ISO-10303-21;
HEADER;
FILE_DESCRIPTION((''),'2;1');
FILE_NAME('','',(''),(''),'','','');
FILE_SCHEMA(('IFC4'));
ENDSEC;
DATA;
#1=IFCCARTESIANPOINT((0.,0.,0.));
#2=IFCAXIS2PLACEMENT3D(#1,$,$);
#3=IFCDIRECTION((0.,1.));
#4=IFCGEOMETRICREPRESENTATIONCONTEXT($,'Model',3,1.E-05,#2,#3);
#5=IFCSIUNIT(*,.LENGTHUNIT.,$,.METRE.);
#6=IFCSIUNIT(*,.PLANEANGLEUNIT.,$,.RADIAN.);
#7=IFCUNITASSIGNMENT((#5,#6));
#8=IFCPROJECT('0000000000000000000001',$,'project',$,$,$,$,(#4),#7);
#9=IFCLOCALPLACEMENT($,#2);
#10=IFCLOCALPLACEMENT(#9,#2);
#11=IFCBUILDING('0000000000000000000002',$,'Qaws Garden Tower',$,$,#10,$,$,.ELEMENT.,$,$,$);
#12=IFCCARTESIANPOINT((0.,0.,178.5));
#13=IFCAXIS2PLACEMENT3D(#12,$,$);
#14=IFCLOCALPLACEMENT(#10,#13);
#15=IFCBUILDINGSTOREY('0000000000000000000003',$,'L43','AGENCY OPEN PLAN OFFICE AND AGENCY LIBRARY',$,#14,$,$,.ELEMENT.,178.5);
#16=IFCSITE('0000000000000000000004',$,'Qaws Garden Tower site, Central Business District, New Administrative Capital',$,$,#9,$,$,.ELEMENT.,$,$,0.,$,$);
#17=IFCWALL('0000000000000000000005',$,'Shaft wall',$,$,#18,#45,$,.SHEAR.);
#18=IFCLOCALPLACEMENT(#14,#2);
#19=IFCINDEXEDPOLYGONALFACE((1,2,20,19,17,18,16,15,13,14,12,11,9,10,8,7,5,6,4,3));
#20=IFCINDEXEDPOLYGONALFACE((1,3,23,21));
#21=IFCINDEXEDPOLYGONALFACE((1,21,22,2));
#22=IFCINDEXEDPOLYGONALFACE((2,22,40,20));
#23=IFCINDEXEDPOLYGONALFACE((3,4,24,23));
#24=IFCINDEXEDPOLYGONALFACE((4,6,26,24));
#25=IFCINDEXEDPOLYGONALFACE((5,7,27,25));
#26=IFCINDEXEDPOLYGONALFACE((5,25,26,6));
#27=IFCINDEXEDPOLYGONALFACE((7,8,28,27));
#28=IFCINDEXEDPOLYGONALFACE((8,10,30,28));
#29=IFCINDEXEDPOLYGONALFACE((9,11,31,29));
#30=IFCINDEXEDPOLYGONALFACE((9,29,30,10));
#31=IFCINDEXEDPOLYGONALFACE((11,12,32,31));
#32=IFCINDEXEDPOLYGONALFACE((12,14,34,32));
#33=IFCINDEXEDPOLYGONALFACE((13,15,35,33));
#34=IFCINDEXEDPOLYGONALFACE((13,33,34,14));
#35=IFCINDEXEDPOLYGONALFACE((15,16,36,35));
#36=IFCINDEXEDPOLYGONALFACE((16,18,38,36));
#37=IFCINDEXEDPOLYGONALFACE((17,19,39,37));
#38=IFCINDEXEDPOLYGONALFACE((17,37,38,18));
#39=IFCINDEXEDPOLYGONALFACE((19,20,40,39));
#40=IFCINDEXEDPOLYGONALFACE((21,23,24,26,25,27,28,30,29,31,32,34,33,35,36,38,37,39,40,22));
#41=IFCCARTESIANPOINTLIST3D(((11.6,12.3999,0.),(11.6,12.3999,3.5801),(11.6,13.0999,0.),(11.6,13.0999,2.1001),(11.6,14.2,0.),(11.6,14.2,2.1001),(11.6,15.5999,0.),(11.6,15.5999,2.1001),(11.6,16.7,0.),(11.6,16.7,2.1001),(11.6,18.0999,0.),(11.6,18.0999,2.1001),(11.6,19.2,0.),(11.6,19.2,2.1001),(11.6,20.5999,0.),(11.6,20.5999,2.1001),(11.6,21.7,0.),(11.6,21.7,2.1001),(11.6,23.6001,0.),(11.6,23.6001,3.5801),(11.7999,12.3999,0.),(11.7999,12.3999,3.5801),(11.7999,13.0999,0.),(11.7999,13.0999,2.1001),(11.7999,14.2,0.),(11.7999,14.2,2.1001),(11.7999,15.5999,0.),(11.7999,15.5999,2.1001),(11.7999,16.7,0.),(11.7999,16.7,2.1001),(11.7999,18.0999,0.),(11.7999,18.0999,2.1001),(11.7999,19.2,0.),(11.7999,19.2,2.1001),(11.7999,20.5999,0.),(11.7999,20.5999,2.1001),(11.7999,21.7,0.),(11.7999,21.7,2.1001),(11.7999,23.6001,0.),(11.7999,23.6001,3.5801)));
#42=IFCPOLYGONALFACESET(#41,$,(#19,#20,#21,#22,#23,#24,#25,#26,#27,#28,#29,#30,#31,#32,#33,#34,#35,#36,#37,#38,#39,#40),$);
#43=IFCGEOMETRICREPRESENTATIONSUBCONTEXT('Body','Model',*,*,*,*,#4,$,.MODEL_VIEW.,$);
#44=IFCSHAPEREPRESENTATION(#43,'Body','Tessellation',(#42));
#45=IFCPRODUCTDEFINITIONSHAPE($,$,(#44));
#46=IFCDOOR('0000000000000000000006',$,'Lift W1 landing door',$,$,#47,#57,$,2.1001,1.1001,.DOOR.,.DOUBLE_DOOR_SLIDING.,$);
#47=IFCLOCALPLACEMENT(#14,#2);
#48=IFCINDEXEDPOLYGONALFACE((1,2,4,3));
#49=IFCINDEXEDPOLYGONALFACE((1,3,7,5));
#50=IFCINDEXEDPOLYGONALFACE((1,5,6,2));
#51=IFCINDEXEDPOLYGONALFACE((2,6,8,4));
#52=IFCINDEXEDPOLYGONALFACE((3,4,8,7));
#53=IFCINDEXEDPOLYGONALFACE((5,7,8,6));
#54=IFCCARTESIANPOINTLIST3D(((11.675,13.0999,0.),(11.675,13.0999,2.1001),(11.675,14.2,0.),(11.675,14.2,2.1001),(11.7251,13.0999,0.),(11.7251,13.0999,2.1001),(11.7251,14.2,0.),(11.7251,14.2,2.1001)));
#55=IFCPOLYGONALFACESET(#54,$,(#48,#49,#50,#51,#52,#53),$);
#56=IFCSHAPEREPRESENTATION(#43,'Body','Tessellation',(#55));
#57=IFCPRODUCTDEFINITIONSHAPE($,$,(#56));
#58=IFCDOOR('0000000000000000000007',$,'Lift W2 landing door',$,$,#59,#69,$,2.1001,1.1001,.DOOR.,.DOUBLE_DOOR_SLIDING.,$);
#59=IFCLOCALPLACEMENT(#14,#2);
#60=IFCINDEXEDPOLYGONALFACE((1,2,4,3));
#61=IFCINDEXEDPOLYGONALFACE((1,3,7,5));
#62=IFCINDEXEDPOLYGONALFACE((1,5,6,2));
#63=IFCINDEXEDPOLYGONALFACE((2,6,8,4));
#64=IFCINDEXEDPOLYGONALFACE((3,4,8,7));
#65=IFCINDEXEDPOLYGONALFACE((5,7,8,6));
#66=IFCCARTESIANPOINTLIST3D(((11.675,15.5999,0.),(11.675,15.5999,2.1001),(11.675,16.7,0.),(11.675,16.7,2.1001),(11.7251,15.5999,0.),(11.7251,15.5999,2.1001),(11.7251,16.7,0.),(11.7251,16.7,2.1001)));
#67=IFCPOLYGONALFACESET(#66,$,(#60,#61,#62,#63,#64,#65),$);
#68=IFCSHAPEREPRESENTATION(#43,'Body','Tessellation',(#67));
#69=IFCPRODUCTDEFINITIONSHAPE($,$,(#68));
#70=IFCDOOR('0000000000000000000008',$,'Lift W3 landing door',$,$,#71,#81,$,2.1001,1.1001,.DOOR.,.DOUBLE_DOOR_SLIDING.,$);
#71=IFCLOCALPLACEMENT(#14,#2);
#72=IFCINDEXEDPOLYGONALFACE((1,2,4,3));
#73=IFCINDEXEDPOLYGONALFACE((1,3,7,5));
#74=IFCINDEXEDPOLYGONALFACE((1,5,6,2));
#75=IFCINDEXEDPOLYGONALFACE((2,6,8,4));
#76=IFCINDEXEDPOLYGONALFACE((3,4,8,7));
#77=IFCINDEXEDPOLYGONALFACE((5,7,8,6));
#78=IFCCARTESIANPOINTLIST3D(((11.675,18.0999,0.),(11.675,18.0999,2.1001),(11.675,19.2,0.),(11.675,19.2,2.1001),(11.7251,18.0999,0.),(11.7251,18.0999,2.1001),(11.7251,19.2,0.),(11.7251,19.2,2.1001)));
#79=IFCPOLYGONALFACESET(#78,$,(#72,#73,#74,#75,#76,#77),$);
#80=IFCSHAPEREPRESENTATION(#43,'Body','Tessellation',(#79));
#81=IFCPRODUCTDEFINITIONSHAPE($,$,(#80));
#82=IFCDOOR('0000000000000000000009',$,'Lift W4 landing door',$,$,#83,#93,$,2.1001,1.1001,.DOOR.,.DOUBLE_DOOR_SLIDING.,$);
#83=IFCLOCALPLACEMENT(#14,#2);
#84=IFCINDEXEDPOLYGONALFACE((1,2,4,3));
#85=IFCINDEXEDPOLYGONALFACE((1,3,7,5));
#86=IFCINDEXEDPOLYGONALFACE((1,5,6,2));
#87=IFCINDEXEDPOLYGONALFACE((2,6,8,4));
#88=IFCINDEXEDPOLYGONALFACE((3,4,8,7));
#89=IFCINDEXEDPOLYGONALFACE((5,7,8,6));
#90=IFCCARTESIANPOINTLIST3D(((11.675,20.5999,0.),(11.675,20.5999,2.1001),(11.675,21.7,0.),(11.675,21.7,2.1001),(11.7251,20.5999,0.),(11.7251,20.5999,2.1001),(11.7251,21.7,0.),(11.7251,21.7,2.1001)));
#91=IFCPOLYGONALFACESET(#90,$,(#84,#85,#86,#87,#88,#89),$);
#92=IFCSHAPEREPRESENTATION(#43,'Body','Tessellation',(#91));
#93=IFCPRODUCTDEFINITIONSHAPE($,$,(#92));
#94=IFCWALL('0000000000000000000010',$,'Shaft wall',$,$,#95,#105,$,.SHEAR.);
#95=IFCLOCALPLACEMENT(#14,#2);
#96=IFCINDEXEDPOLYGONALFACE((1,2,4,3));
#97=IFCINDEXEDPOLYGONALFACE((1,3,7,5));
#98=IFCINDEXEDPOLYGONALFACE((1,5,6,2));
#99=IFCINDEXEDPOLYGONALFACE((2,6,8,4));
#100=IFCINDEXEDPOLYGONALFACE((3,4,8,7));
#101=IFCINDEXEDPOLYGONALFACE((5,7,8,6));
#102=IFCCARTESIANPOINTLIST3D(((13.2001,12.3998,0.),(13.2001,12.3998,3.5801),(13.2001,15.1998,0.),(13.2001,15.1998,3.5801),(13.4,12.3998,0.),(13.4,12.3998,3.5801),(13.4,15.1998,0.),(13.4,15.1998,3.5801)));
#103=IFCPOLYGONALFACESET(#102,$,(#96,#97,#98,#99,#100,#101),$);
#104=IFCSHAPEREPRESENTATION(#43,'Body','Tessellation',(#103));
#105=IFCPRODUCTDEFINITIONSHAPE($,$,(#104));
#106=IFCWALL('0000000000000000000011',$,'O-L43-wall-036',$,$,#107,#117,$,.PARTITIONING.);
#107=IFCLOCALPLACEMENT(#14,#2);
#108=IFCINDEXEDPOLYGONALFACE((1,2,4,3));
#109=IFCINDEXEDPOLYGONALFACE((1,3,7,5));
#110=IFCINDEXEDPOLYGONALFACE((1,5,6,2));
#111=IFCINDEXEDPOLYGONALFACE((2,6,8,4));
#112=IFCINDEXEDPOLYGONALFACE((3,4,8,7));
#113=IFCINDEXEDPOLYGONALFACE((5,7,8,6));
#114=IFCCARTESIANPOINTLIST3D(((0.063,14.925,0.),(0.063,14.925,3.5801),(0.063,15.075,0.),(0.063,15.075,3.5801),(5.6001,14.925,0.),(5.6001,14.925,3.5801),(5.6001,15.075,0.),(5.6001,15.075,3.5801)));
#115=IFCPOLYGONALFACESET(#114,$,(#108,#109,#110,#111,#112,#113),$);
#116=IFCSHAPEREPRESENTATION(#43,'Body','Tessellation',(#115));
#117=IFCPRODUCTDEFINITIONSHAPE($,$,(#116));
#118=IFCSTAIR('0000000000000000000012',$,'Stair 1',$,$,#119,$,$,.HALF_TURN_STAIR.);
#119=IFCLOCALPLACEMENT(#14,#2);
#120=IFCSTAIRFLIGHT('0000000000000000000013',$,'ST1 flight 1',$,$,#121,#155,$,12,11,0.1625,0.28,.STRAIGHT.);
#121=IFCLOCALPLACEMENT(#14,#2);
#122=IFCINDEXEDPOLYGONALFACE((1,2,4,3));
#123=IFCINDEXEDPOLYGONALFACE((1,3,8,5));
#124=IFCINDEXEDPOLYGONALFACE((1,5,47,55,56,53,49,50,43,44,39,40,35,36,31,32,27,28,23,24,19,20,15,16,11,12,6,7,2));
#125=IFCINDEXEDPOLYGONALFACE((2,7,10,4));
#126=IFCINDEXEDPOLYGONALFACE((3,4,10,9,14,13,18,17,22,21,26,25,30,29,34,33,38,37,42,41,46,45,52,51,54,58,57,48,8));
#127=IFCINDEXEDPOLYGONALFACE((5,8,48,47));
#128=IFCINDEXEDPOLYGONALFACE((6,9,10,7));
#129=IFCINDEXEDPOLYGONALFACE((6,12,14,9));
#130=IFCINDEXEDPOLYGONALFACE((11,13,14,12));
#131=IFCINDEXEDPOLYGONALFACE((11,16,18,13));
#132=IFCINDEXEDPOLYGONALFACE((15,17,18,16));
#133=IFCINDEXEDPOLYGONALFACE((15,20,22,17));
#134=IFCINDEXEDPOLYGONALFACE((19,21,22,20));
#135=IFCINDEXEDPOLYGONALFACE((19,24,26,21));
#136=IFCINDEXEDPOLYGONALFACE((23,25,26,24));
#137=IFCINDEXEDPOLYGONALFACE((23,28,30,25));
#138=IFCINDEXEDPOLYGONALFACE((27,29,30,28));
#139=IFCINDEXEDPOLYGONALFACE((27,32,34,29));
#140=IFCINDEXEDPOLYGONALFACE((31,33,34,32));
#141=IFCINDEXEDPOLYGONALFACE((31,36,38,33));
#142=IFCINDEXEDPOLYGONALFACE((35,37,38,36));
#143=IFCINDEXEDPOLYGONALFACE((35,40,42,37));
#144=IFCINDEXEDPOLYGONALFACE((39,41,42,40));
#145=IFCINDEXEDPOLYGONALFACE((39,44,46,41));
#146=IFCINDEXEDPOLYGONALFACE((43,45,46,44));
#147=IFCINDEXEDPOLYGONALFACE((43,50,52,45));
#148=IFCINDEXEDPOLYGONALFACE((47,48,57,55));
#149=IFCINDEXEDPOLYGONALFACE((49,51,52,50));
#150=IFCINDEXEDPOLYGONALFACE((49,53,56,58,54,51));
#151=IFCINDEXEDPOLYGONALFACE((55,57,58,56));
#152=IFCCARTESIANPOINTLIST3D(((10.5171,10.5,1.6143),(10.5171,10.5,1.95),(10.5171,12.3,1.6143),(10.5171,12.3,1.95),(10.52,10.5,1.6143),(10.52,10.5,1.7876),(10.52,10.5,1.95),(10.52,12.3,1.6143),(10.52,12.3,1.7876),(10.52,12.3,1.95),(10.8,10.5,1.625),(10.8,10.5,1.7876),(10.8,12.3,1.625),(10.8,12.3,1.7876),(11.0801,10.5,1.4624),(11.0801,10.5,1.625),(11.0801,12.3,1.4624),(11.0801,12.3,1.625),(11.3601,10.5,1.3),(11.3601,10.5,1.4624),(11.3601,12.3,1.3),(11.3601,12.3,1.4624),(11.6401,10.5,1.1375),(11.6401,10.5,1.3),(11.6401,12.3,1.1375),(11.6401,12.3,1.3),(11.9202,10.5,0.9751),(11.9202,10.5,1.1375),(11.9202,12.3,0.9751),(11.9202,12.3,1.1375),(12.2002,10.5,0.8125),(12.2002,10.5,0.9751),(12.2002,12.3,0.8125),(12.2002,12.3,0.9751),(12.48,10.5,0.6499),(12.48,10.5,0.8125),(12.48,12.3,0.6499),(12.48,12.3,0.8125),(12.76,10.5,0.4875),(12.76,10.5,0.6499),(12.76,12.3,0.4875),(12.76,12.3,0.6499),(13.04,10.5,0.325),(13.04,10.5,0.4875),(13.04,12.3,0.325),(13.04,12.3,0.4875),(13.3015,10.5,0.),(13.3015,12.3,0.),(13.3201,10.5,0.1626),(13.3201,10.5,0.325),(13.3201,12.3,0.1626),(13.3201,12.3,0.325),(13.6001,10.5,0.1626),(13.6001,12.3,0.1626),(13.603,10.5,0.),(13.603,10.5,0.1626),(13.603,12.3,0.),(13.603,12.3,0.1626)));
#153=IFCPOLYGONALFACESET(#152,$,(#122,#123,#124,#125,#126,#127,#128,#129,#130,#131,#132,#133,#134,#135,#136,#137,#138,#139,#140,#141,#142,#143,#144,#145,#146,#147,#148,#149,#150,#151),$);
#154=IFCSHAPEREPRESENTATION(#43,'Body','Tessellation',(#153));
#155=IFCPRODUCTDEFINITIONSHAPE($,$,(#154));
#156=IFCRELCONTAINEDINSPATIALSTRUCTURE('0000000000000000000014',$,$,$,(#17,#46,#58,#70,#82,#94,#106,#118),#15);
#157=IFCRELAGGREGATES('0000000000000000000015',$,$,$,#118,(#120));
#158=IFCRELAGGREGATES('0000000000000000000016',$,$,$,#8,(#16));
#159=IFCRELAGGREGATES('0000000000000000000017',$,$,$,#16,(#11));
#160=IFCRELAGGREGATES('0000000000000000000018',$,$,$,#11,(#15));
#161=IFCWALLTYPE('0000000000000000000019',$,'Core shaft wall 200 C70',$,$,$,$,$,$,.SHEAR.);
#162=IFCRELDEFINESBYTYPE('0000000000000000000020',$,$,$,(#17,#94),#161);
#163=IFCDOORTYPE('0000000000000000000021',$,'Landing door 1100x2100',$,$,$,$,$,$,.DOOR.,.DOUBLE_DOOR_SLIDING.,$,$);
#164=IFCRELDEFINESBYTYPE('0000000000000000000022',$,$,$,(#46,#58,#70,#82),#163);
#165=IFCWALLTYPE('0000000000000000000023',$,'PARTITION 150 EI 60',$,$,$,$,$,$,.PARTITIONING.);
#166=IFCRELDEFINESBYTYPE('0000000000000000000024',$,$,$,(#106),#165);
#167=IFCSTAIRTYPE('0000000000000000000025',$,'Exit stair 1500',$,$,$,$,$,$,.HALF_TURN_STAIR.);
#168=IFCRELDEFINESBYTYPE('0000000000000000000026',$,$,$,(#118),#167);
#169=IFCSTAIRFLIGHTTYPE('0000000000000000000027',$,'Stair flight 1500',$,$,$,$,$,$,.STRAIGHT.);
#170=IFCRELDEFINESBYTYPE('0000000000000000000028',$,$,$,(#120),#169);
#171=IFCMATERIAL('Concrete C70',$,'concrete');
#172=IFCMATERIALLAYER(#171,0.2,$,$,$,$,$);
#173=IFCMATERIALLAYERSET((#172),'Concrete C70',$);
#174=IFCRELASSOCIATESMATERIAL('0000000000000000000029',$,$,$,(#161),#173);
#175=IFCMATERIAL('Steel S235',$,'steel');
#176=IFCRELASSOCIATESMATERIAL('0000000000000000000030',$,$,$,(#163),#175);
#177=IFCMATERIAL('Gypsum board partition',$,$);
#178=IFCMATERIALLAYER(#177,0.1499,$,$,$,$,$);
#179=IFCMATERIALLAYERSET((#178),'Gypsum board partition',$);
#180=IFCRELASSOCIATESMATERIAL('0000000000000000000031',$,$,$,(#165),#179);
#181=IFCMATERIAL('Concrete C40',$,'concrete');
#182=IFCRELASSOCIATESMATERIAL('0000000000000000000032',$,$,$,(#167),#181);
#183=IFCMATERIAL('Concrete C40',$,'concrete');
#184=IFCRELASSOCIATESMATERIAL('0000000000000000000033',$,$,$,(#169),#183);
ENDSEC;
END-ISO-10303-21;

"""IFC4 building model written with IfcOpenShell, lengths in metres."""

from ifc_helpers import new_model, si_unit, direction, frame, frame_2d, origin, place, context, subcontext, project, spatial, polyline, rectangle, outline, extrude, material, layer, layer_set, type_object, element, fill, aggregate, save


model = new_model("IFC4")

# Units and contexts
model_context = context("Model", 3, precision=1e-05, world=origin(), true_north=direction((0.0, 1.0)))
body_context = subcontext(model_context, "Body", "Model", "MODEL_VIEW")
ifc_project = project(units=[si_unit("LENGTHUNIT", "METRE"), si_unit("PLANEANGLEUNIT", "RADIAN")], contexts=[model_context])

# Site, building, storey
site_placement = place(None, origin())
site = spatial("IfcSite", under=ifc_project, at=site_placement, Name="Qaws Garden Tower site, Central Business District, New Administrative Capital", CompositionType="ELEMENT", RefElevation=0.0)
building_placement = place(site_placement, origin())
building = spatial("IfcBuilding", under=site, at=building_placement, Name="Qaws Garden Tower", CompositionType="ELEMENT")
storey_placement = place(building_placement, frame((0.0, 0.0, 178.5)))
storey = spatial("IfcBuildingStorey", under=building, at=storey_placement, Name="L43", Description="AGENCY OPEN PLAN OFFICE AND AGENCY LIBRARY", CompositionType="ELEMENT", Elevation=178.5)

# Shared definitions
ifc_material_1 = material(Name="Concrete C70", Category="concrete")
ifc_layer_1 = layer(ifc_material_1, 0.2)
ifc_layer_set_1 = layer_set([ifc_layer_1], Name="Concrete C70")
wall_type_1 = type_object("IfcWallType", Name="Core shaft wall 200 C70", PredefinedType="SHEAR", material=ifc_layer_set_1)

# Shared definitions
ifc_material_2 = material(Name="Steel S235", Category="steel")
door_type_1 = type_object("IfcDoorType", Name="Landing door 1100x2100", OperationType="DOUBLE_DOOR_SLIDING", PredefinedType="DOOR", material=ifc_material_2)

# Wall, openings, doors
wall_1_placement = place(storey_placement, frame((11.7, 12.3999, 0.0), z_axis=(0.0, 0.0, 1.0), x_axis=(0.0, 1.0, 0.0)))
wall_1 = element("IfcWall", 1, at=wall_1_placement, inside=storey, type_object=wall_type_1, Name="Shaft wall", PredefinedType="SHEAR", context=body_context, shape_type="SweptSolid", body=[
    extrude(rectangle(XDim=11.2002, YDim=0.2, at=frame_2d((5.6001, 0.0))), origin(), (0.0, 0.0, 1.0), 3.5801),
])
opening_1_placement = place(wall_1_placement, frame((0.7, 0.0, 0.0)))
opening_1 = element("IfcOpeningElement", 2, at=opening_1_placement, cuts=wall_1, PredefinedType="OPENING", context=body_context, shape_type="SweptSolid", body=[
    extrude(rectangle(XDim=1.1001, YDim=2.1001, at=frame_2d((0.55, 1.05))), frame((0.0, 0.1099, 0.0), z_axis=(0.0, -1.0, 0.0), x_axis=(1.0, 0.0, 0.0)), (0.0, 0.0, 1.0), 0.22),
])
opening_2_placement = place(wall_1_placement, frame((3.2, 0.0, 0.0)))
opening_2 = element("IfcOpeningElement", 3, at=opening_2_placement, cuts=wall_1, PredefinedType="OPENING", context=body_context, shape_type="SweptSolid", body=[
    extrude(rectangle(XDim=1.1001, YDim=2.1001, at=frame_2d((0.55, 1.05))), frame((0.0, 0.1099, 0.0), z_axis=(0.0, -1.0, 0.0), x_axis=(1.0, 0.0, 0.0)), (0.0, 0.0, 1.0), 0.22),
])
opening_3_placement = place(wall_1_placement, frame((5.7, 0.0, 0.0)))
opening_3 = element("IfcOpeningElement", 4, at=opening_3_placement, cuts=wall_1, PredefinedType="OPENING", context=body_context, shape_type="SweptSolid", body=[
    extrude(rectangle(XDim=1.1001, YDim=2.1001, at=frame_2d((0.55, 1.05))), frame((0.0, 0.1099, 0.0), z_axis=(0.0, -1.0, 0.0), x_axis=(1.0, 0.0, 0.0)), (0.0, 0.0, 1.0), 0.22),
])
opening_4_placement = place(wall_1_placement, frame((8.2, 0.0, 0.0)))
opening_4 = element("IfcOpeningElement", 5, at=opening_4_placement, cuts=wall_1, PredefinedType="OPENING", context=body_context, shape_type="SweptSolid", body=[
    extrude(rectangle(XDim=1.1001, YDim=2.1001, at=frame_2d((0.55, 1.05))), frame((0.0, 0.1099, 0.0), z_axis=(0.0, -1.0, 0.0), x_axis=(1.0, 0.0, 0.0)), (0.0, 0.0, 1.0), 0.22),
])
door_1_placement = place(opening_1_placement, origin())
door_1 = element("IfcDoor", 6, at=door_1_placement, inside=storey, type_object=door_type_1, Name="Lift W1 landing door", OperationType="DOUBLE_DOOR_SLIDING", OverallHeight=2.1001, OverallWidth=1.1001, PredefinedType="DOOR", context=body_context, shape_type="SweptSolid", body=[
    extrude(rectangle(XDim=1.1001, YDim=2.1001, at=frame_2d((0.55, 1.05))), frame((0.0, 0.0249, 0.0), z_axis=(0.0, -1.0, 0.0), x_axis=(1.0, 0.0, 0.0)), (0.0, 0.0, 1.0), 0.05),
])
fill(opening_1, door_1)
door_2_placement = place(opening_2_placement, origin())
door_2 = element("IfcDoor", 7, at=door_2_placement, inside=storey, type_object=door_type_1, Name="Lift W2 landing door", OperationType="DOUBLE_DOOR_SLIDING", OverallHeight=2.1001, OverallWidth=1.1001, PredefinedType="DOOR", context=body_context, shape_type="SweptSolid", body=[
    extrude(rectangle(XDim=1.1001, YDim=2.1001, at=frame_2d((0.55, 1.05))), frame((0.0, 0.0249, 0.0), z_axis=(0.0, -1.0, 0.0), x_axis=(1.0, 0.0, 0.0)), (0.0, 0.0, 1.0), 0.05),
])
fill(opening_2, door_2)
door_3_placement = place(opening_3_placement, origin())
door_3 = element("IfcDoor", 8, at=door_3_placement, inside=storey, type_object=door_type_1, Name="Lift W3 landing door", OperationType="DOUBLE_DOOR_SLIDING", OverallHeight=2.1001, OverallWidth=1.1001, PredefinedType="DOOR", context=body_context, shape_type="SweptSolid", body=[
    extrude(rectangle(XDim=1.1001, YDim=2.1001, at=frame_2d((0.55, 1.05))), frame((0.0, 0.0249, 0.0), z_axis=(0.0, -1.0, 0.0), x_axis=(1.0, 0.0, 0.0)), (0.0, 0.0, 1.0), 0.05),
])
fill(opening_3, door_3)
door_4_placement = place(opening_4_placement, origin())
door_4 = element("IfcDoor", 9, at=door_4_placement, inside=storey, type_object=door_type_1, Name="Lift W4 landing door", OperationType="DOUBLE_DOOR_SLIDING", OverallHeight=2.1001, OverallWidth=1.1001, PredefinedType="DOOR", context=body_context, shape_type="SweptSolid", body=[
    extrude(rectangle(XDim=1.1001, YDim=2.1001, at=frame_2d((0.55, 1.05))), frame((0.0, 0.0249, 0.0), z_axis=(0.0, -1.0, 0.0), x_axis=(1.0, 0.0, 0.0)), (0.0, 0.0, 1.0), 0.05),
])
fill(opening_4, door_4)

# Walls
wall_2_placement = place(storey_placement, frame((13.3, 12.3999, 0.0), z_axis=(0.0, 0.0, 1.0), x_axis=(0.0, 1.0, 0.0)))
element("IfcWall", 10, at=wall_2_placement, inside=storey, type_object=wall_type_1, Name="Shaft wall", PredefinedType="SHEAR", context=body_context, shape_type="SweptSolid", body=[
    extrude(rectangle(XDim=2.8, YDim=0.2, at=frame_2d((1.3999, 0.0))), origin(), (0.0, 0.0, 1.0), 3.5801),
])
ifc_material_3 = material(Name="Gypsum board partition")
ifc_layer_2 = layer(ifc_material_3, 0.1499)
ifc_layer_set_2 = layer_set([ifc_layer_2], Name="Gypsum board partition")
wall_type_2 = type_object("IfcWallType", Name="PARTITION 150 EI 60", PredefinedType="PARTITIONING", material=ifc_layer_set_2)
wall_3_placement = place(storey_placement, frame((0.063, 15.0, 0.0), z_axis=(0.0, 0.0, 1.0), x_axis=(1.0, 0.0, 0.0)))
element("IfcWall", 11, at=wall_3_placement, inside=storey, type_object=wall_type_2, Name="O-L43-wall-036", PredefinedType="PARTITIONING", context=body_context, shape_type="SweptSolid", body=[
    extrude(rectangle(XDim=5.5371, YDim=0.1499, at=frame_2d((2.7686, 0.0))), origin(), (0.0, 0.0, 1.0), 3.5801),
])

# Stair, stair flight
ifc_material_4 = material(Name="Concrete C40", Category="concrete")
stair_type = type_object("IfcStairType", Name="Exit stair 1500", PredefinedType="HALF_TURN_STAIR", material=ifc_material_4)
stair_placement = place(storey_placement, origin())
stair = element("IfcStair", 12, at=stair_placement, inside=storey, type_object=stair_type, Name="Stair 1", PredefinedType="HALF_TURN_STAIR")
ifc_material_5 = material(Name="Concrete C40", Category="concrete")
stair_flight_type = type_object("IfcStairFlightType", Name="Stair flight 1500", PredefinedType="STRAIGHT", material=ifc_material_5)
stair_flight_placement = place(storey_placement, frame((13.6001, 11.3999, 0.0), z_axis=(0.0, 0.0, 1.0), x_axis=(-1.0, 0.0, 0.0)))
stair_flight = element("IfcStairFlight", 13, at=stair_flight_placement, type_object=stair_flight_type, Name="ST1 flight 1", NumberOfRisers=12, NumberOfTreads=11, PredefinedType="STRAIGHT", RiserHeight=0.1625, TreadLength=0.28, context=body_context, shape_type="SweptSolid", body=[
    extrude(outline(polyline([(-0.0029, 0.0), (-0.0029, 0.1626), (0.0, 0.1626), (0.28, 0.1626), (0.28, 0.325), (0.5601, 0.325), (0.5601, 0.4875), (0.8401, 0.4875), (0.8401, 0.6499), (1.1201, 0.6499), (1.1201, 0.8125), (1.3999, 0.8125), (1.3999, 0.9751), (1.6799, 0.9751), (1.6799, 1.1375), (1.96, 1.1375), (1.96, 1.3), (2.24, 1.3), (2.24, 1.4624), (2.52, 1.4624), (2.52, 1.625), (2.8, 1.625), (2.8, 1.7876), (3.0801, 1.7876), (3.0801, 1.95), (3.083, 1.95), (3.083, 1.6143), (3.0801, 1.6143), (0.2986, 0.0), (-0.0029, 0.0)])), frame((0.0, 0.8999, 0.0), z_axis=(0.0, -1.0, 0.0), x_axis=(1.0, 0.0, 0.0)), (0.0, 0.0, 1.0), 1.8),
])
aggregate(stair, [stair_flight])

save(model, "model.ifc")
